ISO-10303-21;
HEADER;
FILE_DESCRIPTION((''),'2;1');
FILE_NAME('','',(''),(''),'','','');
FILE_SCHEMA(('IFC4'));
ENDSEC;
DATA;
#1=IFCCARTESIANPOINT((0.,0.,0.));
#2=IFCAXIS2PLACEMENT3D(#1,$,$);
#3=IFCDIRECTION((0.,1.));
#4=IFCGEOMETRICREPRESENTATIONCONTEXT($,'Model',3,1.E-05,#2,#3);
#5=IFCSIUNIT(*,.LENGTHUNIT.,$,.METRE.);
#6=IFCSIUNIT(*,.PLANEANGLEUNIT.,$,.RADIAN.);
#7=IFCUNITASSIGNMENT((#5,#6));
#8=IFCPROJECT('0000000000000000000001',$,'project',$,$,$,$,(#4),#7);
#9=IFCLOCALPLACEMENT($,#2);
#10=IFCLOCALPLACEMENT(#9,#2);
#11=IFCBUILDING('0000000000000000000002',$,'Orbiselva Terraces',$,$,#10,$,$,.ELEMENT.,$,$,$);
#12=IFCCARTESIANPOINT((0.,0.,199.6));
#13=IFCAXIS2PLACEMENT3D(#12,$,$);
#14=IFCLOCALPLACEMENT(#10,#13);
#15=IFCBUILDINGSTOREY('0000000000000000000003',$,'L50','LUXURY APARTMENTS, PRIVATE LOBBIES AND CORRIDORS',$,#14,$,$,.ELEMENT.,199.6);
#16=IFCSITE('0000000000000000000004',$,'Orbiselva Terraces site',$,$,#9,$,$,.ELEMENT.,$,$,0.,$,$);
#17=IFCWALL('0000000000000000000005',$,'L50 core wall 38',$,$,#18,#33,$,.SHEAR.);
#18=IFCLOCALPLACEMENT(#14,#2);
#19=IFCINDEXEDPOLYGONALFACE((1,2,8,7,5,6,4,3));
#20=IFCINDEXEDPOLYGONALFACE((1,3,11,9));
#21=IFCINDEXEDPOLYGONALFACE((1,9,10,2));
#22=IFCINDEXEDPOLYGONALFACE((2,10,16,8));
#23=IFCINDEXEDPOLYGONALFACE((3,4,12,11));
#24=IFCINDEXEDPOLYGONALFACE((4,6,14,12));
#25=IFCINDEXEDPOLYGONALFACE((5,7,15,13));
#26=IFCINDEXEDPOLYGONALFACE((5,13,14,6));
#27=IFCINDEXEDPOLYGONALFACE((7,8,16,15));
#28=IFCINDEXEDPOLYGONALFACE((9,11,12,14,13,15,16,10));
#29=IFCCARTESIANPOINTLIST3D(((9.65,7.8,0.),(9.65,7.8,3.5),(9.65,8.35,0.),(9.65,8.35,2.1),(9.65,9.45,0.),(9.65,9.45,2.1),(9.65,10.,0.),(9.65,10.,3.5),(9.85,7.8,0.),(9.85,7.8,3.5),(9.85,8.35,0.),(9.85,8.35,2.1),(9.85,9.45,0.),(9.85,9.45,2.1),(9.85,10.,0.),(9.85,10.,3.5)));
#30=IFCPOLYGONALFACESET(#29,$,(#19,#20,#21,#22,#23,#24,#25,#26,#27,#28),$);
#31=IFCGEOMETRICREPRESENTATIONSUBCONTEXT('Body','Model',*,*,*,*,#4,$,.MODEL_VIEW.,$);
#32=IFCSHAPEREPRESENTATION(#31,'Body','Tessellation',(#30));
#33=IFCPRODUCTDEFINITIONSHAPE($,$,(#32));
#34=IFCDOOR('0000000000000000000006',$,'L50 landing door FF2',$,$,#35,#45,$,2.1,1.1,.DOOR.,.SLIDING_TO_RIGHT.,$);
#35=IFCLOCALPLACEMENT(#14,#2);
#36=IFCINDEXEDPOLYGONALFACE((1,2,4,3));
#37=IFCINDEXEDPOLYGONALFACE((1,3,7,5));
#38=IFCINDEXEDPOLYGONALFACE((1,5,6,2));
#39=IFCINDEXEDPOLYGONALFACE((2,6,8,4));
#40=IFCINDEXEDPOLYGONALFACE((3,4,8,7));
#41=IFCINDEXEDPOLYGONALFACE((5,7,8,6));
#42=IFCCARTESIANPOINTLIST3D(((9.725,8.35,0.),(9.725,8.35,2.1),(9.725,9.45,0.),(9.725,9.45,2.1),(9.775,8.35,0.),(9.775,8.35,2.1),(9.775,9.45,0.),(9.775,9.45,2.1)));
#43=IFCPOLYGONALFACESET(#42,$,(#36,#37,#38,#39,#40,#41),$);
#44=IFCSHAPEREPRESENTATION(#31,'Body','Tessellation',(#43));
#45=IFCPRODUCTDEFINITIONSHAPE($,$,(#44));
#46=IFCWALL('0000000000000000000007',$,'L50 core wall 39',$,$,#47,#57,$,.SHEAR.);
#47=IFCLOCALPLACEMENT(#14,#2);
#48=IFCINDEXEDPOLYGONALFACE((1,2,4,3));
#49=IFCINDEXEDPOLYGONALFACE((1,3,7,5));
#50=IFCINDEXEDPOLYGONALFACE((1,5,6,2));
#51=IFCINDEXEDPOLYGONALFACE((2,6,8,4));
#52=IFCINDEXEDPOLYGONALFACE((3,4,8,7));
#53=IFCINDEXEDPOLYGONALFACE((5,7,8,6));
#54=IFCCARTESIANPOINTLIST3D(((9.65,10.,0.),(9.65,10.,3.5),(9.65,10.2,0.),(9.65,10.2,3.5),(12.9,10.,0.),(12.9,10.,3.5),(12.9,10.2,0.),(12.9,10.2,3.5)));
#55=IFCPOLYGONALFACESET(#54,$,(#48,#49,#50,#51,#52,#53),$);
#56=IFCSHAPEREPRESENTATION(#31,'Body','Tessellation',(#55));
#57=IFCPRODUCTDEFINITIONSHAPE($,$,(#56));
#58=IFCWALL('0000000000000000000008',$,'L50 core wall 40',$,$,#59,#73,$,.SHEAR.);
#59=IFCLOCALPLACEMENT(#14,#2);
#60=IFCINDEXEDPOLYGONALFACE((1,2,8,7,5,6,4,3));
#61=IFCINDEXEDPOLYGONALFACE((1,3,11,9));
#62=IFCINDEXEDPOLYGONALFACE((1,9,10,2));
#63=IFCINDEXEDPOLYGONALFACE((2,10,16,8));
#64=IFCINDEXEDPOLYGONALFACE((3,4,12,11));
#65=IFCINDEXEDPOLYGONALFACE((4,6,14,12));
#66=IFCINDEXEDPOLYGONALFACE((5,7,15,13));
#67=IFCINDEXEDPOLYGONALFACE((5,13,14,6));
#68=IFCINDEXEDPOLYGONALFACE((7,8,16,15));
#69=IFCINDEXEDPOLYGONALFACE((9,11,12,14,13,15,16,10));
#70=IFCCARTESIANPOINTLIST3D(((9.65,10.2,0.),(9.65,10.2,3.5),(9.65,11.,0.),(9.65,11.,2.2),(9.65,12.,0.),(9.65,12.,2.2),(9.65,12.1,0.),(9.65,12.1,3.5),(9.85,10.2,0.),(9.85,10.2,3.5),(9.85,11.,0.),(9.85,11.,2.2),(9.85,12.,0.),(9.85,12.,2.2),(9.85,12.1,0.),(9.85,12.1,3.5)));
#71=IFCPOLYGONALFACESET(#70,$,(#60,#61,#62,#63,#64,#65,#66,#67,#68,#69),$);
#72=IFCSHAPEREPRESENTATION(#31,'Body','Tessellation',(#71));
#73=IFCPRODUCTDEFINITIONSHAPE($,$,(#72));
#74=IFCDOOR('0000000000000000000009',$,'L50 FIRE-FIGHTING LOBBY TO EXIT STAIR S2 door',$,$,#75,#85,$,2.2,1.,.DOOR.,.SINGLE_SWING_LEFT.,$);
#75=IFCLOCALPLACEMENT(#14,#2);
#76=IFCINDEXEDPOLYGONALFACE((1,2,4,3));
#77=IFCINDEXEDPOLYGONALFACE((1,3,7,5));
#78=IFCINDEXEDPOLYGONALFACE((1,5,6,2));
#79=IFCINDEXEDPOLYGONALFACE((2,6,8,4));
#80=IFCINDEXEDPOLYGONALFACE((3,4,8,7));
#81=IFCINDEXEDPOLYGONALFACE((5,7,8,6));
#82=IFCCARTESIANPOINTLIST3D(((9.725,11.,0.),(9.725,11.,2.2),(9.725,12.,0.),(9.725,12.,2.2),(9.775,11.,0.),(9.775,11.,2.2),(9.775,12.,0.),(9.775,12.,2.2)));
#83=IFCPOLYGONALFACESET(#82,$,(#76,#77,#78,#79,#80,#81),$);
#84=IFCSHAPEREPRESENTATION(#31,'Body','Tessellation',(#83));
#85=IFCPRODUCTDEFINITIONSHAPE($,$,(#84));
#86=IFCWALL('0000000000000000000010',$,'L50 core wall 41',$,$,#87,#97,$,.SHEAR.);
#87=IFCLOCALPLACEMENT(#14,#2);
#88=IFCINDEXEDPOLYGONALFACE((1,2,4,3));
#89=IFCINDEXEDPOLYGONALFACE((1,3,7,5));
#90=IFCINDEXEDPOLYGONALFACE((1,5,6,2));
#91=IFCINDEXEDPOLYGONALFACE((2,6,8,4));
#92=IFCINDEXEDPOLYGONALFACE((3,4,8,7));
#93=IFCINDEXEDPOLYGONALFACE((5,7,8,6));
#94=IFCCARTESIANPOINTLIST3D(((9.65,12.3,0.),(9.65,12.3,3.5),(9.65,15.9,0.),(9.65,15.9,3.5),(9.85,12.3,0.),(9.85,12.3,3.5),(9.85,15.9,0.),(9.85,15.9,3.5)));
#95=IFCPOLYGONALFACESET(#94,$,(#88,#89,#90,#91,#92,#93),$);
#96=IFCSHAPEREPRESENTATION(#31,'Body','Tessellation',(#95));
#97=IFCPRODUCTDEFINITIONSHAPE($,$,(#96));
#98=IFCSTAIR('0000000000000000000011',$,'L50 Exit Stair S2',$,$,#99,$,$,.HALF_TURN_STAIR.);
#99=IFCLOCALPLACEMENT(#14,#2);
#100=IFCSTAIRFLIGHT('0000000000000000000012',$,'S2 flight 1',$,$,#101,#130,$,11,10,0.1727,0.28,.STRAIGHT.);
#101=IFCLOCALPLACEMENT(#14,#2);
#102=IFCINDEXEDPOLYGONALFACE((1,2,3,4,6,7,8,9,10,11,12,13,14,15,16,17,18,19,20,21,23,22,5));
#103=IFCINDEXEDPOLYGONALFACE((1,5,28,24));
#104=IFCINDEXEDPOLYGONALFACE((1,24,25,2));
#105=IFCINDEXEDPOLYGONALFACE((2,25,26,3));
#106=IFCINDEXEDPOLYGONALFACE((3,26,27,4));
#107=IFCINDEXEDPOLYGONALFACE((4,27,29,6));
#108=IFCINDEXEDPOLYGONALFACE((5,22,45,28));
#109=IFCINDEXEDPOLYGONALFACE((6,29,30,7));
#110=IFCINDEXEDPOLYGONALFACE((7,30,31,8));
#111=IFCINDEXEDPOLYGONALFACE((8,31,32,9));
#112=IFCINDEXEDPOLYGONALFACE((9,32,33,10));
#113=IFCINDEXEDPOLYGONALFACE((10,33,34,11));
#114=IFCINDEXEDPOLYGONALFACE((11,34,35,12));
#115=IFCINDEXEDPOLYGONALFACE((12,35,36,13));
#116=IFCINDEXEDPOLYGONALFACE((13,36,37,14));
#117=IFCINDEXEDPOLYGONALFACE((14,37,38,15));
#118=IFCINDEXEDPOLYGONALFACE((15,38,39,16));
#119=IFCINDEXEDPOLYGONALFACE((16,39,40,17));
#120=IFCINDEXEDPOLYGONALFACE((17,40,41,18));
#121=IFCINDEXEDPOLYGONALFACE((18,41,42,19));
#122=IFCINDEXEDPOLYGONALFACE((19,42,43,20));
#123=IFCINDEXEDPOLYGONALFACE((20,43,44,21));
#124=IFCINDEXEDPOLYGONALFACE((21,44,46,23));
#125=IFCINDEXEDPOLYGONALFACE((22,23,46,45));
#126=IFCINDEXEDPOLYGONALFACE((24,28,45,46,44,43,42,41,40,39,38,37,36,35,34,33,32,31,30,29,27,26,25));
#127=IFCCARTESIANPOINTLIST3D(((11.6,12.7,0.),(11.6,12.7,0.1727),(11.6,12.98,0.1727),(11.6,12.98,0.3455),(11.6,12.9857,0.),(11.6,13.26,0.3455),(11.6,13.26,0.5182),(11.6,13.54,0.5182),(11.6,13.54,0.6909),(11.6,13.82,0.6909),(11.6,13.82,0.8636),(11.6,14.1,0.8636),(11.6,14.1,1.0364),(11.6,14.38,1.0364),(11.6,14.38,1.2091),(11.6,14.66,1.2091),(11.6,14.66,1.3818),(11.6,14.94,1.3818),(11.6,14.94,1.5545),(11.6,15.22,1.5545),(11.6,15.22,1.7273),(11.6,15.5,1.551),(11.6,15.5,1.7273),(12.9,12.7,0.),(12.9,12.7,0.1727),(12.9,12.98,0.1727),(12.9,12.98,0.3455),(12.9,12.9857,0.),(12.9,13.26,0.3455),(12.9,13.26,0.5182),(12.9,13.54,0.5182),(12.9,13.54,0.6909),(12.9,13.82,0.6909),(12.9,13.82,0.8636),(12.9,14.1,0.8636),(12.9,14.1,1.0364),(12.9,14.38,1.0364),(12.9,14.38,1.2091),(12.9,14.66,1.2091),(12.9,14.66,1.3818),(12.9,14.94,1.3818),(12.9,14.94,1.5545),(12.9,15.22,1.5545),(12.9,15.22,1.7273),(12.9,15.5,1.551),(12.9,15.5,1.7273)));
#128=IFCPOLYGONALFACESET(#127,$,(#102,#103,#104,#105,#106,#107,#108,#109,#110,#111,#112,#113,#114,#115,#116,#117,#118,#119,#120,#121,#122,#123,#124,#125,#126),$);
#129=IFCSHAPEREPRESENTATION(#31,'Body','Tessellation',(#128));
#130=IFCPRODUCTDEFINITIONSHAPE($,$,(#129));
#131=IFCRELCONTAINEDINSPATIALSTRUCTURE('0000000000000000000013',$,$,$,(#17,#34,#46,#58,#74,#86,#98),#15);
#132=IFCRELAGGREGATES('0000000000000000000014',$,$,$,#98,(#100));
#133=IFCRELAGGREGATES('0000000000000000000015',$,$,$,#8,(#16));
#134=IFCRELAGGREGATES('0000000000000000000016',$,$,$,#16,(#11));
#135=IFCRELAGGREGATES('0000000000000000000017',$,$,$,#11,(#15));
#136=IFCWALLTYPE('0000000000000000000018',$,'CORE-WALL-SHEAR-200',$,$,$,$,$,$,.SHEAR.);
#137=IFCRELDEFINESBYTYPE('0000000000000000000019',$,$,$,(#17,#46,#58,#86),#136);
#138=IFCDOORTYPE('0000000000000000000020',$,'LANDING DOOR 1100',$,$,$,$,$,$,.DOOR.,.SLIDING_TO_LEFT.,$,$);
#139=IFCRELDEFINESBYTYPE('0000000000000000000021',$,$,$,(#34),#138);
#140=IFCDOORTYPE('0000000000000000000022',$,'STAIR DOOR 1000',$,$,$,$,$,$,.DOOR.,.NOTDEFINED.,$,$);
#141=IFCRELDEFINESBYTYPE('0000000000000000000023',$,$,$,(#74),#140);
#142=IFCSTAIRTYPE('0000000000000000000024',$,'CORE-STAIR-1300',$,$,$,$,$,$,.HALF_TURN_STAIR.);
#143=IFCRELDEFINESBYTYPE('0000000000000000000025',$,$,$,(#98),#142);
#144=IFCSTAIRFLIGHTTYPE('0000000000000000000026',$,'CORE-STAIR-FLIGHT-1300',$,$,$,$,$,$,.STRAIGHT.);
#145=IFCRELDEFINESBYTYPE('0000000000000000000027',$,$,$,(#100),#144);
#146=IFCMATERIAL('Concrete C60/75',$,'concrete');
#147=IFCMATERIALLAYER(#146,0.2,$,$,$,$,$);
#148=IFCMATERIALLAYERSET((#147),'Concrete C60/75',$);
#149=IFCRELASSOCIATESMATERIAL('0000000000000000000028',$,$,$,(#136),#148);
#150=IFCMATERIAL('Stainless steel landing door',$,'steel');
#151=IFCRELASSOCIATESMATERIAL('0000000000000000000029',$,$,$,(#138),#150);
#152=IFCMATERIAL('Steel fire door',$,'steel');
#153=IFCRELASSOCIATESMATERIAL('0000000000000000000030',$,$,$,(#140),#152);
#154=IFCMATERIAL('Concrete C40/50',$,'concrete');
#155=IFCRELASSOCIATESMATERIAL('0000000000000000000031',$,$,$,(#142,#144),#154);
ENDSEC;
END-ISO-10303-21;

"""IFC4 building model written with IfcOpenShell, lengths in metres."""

from ifc_helpers import new_model, si_unit, direction, frame, frame_2d, origin, place, context, subcontext, project, spatial, polyline, rectangle, outline, extrude, material, layer, layer_set, type_object, element, fill, aggregate, save


model = new_model("IFC4")

# Units and contexts
model_context = context("Model", 3, precision=1e-05, world=origin(), true_north=direction((0.0, 1.0)))
body_context = subcontext(model_context, "Body", "Model", "MODEL_VIEW")
ifc_project = project(units=[si_unit("LENGTHUNIT", "METRE"), si_unit("PLANEANGLEUNIT", "RADIAN")], contexts=[model_context])

# Site, building, storey
site_placement = place(None, origin())
site = spatial("IfcSite", under=ifc_project, at=site_placement, Name="Orbiselva Terraces site", CompositionType="ELEMENT", RefElevation=0.0)
building_placement = place(site_placement, origin())
building = spatial("IfcBuilding", under=site, at=building_placement, Name="Orbiselva Terraces", CompositionType="ELEMENT")
storey_placement = place(building_placement, frame((0.0, 0.0, 199.6)))
storey = spatial("IfcBuildingStorey", under=building, at=storey_placement, Name="L50", Description="LUXURY APARTMENTS, PRIVATE LOBBIES AND CORRIDORS", CompositionType="ELEMENT", Elevation=199.6)

# Shared definitions
ifc_material_1 = material(Name="Steel fire door", Category="steel")

# Shared definitions
ifc_material_2 = material(Name="Concrete C60/75", Category="concrete")
ifc_layer_1 = layer(ifc_material_2, 0.2)
ifc_layer_set_1 = layer_set([ifc_layer_1], Name="Concrete C60/75")
wall_type_1 = type_object("IfcWallType", Name="CORE-WALL-SHEAR-200", PredefinedType="SHEAR", material=ifc_layer_set_1)

# Shared definitions
ifc_material_3 = material(Name="Stainless steel landing door", Category="steel")
door_type_1 = type_object("IfcDoorType", Name="LANDING DOOR 1100", OperationType="SLIDING_TO_LEFT", PredefinedType="DOOR", material=ifc_material_3)

# Wall, opening, door
wall_1_placement = place(storey_placement, frame((9.75, 7.8, 0.0), z_axis=(0.0, 0.0, 1.0), x_axis=(0.0, 1.0, 0.0)))
wall_1 = element("IfcWall", 1, at=wall_1_placement, inside=storey, type_object=wall_type_1, Name="L50 core wall 38", PredefinedType="SHEAR", context=body_context, shape_type="SweptSolid", body=[
    extrude(rectangle(XDim=2.2, YDim=0.2, at=frame_2d((1.1, 0.0))), origin(), (0.0, 0.0, 1.0), 3.5),
])
opening_1_placement = place(wall_1_placement, frame((0.55, 0.0, 0.0)))
opening_1 = element("IfcOpeningElement", 2, at=opening_1_placement, cuts=wall_1, PredefinedType="OPENING", context=body_context, shape_type="SweptSolid", body=[
    extrude(rectangle(XDim=1.1, YDim=2.1, at=frame_2d((0.55, 1.05))), frame((0.0, 0.11, 0.0), z_axis=(0.0, -1.0, 0.0), x_axis=(1.0, 0.0, 0.0)), (0.0, 0.0, 1.0), 0.22),
])
door_1_placement = place(opening_1_placement, origin())
door_1 = element("IfcDoor", 3, at=door_1_placement, inside=storey, type_object=door_type_1, Name="L50 landing door FF2", OperationType="SLIDING_TO_RIGHT", OverallHeight=2.1, OverallWidth=1.1, PredefinedType="DOOR", context=body_context, shape_type="SweptSolid", body=[
    extrude(rectangle(XDim=1.1, YDim=2.1, at=frame_2d((0.55, 1.05))), frame((0.0, 0.025, 0.0), z_axis=(0.0, -1.0, 0.0), x_axis=(1.0, 0.0, 0.0)), (0.0, 0.0, 1.0), 0.05),
])
fill(opening_1, door_1)

# Wall
wall_2_placement = place(storey_placement, frame((9.65, 10.1, 0.0), z_axis=(0.0, 0.0, 1.0), x_axis=(1.0, 0.0, 0.0)))
element("IfcWall", 4, at=wall_2_placement, inside=storey, type_object=wall_type_1, Name="L50 core wall 39", PredefinedType="SHEAR", context=body_context, shape_type="SweptSolid", body=[
    extrude(rectangle(XDim=3.25, YDim=0.2, at=frame_2d((1.625, 0.0))), origin(), (0.0, 0.0, 1.0), 3.5),
])

# Wall, opening, door
wall_3_placement = place(storey_placement, frame((9.75, 12.1, 0.0), z_axis=(0.0, 0.0, 1.0), x_axis=(0.0, -1.0, 0.0)))
wall_3 = element("IfcWall", 5, at=wall_3_placement, inside=storey, type_object=wall_type_1, Name="L50 core wall 40", PredefinedType="SHEAR", context=body_context, shape_type="SweptSolid", body=[
    extrude(rectangle(XDim=1.9, YDim=0.2, at=frame_2d((0.95, 0.0))), origin(), (0.0, 0.0, 1.0), 3.5),
])
opening_2_placement = place(wall_3_placement, frame((0.1, 0.0, 0.0)))
opening_2 = element("IfcOpeningElement", 6, at=opening_2_placement, cuts=wall_3, PredefinedType="OPENING", context=body_context, shape_type="SweptSolid", body=[
    extrude(rectangle(XDim=1.0, YDim=2.2, at=frame_2d((0.5, 1.1))), frame((0.0, 0.11, 0.0), z_axis=(0.0, -1.0, 0.0), x_axis=(1.0, 0.0, 0.0)), (0.0, 0.0, 1.0), 0.22),
])
door_type_2 = type_object("IfcDoorType", Name="STAIR DOOR 1000", OperationType="NOTDEFINED", PredefinedType="DOOR", material=ifc_material_1)
door_2_placement = place(opening_2_placement, origin())
door_2 = element("IfcDoor", 7, at=door_2_placement, inside=storey, type_object=door_type_2, Name="L50 FIRE-FIGHTING LOBBY TO EXIT STAIR S2 door", OperationType="SINGLE_SWING_LEFT", OverallHeight=2.2, OverallWidth=1.0, PredefinedType="DOOR", context=body_context, shape_type="SweptSolid", body=[
    extrude(rectangle(XDim=1.0, YDim=2.2, at=frame_2d((0.5, 1.1))), frame((0.0, 0.025, 0.0), z_axis=(0.0, -1.0, 0.0), x_axis=(1.0, 0.0, 0.0)), (0.0, 0.0, 1.0), 0.05),
])
fill(opening_2, door_2)

# Wall
wall_4_placement = place(storey_placement, frame((9.75, 12.3, 0.0), z_axis=(0.0, 0.0, 1.0), x_axis=(0.0, 1.0, 0.0)))
element("IfcWall", 8, at=wall_4_placement, inside=storey, type_object=wall_type_1, Name="L50 core wall 41", PredefinedType="SHEAR", context=body_context, shape_type="SweptSolid", body=[
    extrude(rectangle(XDim=3.6, YDim=0.2, at=frame_2d((1.8, 0.0))), origin(), (0.0, 0.0, 1.0), 3.5),
])

# Stair, stair flight
ifc_material_4 = material(Name="Concrete C40/50", Category="concrete")
stair_type = type_object("IfcStairType", Name="CORE-STAIR-1300", PredefinedType="HALF_TURN_STAIR", material=ifc_material_4)
stair_placement = place(storey_placement, origin())
stair = element("IfcStair", 9, at=stair_placement, inside=storey, type_object=stair_type, Name="L50 Exit Stair S2", PredefinedType="HALF_TURN_STAIR")
stair_flight_type = type_object("IfcStairFlightType", Name="CORE-STAIR-FLIGHT-1300", PredefinedType="STRAIGHT", material=ifc_material_4)
stair_flight_placement = place(storey_placement, frame((12.25, 12.7, 0.0), z_axis=(0.0, 0.0, 1.0), x_axis=(0.0, 1.0, 0.0)))
stair_flight = element("IfcStairFlight", 10, at=stair_flight_placement, type_object=stair_flight_type, Name="S2 flight 1", NumberOfRisers=11, NumberOfTreads=10, PredefinedType="STRAIGHT", RiserHeight=0.1727, TreadLength=0.28, context=body_context, shape_type="SweptSolid", body=[
    extrude(outline(polyline([(0.0, 0.0), (0.0, 0.1727), (0.28, 0.1727), (0.28, 0.3455), (0.56, 0.3455), (0.56, 0.5182), (0.84, 0.5182), (0.84, 0.6909), (1.12, 0.6909), (1.12, 0.8636), (1.4, 0.8636), (1.4, 1.0364), (1.68, 1.0364), (1.68, 1.2091), (1.96, 1.2091), (1.96, 1.3818), (2.24, 1.3818), (2.24, 1.5545), (2.52, 1.5545), (2.52, 1.7273), (2.8, 1.7273), (2.8, 1.9), (2.8, 1.551), (0.2857, 0.0), (0.0, 0.0)])), frame((0.0, 0.65, 0.0), z_axis=(0.0, -1.0, 0.0), x_axis=(1.0, 0.0, 0.0)), (0.0, 0.0, 1.0), 1.3),
])
aggregate(stair, [stair_flight])

save(model, "model.ifc")
